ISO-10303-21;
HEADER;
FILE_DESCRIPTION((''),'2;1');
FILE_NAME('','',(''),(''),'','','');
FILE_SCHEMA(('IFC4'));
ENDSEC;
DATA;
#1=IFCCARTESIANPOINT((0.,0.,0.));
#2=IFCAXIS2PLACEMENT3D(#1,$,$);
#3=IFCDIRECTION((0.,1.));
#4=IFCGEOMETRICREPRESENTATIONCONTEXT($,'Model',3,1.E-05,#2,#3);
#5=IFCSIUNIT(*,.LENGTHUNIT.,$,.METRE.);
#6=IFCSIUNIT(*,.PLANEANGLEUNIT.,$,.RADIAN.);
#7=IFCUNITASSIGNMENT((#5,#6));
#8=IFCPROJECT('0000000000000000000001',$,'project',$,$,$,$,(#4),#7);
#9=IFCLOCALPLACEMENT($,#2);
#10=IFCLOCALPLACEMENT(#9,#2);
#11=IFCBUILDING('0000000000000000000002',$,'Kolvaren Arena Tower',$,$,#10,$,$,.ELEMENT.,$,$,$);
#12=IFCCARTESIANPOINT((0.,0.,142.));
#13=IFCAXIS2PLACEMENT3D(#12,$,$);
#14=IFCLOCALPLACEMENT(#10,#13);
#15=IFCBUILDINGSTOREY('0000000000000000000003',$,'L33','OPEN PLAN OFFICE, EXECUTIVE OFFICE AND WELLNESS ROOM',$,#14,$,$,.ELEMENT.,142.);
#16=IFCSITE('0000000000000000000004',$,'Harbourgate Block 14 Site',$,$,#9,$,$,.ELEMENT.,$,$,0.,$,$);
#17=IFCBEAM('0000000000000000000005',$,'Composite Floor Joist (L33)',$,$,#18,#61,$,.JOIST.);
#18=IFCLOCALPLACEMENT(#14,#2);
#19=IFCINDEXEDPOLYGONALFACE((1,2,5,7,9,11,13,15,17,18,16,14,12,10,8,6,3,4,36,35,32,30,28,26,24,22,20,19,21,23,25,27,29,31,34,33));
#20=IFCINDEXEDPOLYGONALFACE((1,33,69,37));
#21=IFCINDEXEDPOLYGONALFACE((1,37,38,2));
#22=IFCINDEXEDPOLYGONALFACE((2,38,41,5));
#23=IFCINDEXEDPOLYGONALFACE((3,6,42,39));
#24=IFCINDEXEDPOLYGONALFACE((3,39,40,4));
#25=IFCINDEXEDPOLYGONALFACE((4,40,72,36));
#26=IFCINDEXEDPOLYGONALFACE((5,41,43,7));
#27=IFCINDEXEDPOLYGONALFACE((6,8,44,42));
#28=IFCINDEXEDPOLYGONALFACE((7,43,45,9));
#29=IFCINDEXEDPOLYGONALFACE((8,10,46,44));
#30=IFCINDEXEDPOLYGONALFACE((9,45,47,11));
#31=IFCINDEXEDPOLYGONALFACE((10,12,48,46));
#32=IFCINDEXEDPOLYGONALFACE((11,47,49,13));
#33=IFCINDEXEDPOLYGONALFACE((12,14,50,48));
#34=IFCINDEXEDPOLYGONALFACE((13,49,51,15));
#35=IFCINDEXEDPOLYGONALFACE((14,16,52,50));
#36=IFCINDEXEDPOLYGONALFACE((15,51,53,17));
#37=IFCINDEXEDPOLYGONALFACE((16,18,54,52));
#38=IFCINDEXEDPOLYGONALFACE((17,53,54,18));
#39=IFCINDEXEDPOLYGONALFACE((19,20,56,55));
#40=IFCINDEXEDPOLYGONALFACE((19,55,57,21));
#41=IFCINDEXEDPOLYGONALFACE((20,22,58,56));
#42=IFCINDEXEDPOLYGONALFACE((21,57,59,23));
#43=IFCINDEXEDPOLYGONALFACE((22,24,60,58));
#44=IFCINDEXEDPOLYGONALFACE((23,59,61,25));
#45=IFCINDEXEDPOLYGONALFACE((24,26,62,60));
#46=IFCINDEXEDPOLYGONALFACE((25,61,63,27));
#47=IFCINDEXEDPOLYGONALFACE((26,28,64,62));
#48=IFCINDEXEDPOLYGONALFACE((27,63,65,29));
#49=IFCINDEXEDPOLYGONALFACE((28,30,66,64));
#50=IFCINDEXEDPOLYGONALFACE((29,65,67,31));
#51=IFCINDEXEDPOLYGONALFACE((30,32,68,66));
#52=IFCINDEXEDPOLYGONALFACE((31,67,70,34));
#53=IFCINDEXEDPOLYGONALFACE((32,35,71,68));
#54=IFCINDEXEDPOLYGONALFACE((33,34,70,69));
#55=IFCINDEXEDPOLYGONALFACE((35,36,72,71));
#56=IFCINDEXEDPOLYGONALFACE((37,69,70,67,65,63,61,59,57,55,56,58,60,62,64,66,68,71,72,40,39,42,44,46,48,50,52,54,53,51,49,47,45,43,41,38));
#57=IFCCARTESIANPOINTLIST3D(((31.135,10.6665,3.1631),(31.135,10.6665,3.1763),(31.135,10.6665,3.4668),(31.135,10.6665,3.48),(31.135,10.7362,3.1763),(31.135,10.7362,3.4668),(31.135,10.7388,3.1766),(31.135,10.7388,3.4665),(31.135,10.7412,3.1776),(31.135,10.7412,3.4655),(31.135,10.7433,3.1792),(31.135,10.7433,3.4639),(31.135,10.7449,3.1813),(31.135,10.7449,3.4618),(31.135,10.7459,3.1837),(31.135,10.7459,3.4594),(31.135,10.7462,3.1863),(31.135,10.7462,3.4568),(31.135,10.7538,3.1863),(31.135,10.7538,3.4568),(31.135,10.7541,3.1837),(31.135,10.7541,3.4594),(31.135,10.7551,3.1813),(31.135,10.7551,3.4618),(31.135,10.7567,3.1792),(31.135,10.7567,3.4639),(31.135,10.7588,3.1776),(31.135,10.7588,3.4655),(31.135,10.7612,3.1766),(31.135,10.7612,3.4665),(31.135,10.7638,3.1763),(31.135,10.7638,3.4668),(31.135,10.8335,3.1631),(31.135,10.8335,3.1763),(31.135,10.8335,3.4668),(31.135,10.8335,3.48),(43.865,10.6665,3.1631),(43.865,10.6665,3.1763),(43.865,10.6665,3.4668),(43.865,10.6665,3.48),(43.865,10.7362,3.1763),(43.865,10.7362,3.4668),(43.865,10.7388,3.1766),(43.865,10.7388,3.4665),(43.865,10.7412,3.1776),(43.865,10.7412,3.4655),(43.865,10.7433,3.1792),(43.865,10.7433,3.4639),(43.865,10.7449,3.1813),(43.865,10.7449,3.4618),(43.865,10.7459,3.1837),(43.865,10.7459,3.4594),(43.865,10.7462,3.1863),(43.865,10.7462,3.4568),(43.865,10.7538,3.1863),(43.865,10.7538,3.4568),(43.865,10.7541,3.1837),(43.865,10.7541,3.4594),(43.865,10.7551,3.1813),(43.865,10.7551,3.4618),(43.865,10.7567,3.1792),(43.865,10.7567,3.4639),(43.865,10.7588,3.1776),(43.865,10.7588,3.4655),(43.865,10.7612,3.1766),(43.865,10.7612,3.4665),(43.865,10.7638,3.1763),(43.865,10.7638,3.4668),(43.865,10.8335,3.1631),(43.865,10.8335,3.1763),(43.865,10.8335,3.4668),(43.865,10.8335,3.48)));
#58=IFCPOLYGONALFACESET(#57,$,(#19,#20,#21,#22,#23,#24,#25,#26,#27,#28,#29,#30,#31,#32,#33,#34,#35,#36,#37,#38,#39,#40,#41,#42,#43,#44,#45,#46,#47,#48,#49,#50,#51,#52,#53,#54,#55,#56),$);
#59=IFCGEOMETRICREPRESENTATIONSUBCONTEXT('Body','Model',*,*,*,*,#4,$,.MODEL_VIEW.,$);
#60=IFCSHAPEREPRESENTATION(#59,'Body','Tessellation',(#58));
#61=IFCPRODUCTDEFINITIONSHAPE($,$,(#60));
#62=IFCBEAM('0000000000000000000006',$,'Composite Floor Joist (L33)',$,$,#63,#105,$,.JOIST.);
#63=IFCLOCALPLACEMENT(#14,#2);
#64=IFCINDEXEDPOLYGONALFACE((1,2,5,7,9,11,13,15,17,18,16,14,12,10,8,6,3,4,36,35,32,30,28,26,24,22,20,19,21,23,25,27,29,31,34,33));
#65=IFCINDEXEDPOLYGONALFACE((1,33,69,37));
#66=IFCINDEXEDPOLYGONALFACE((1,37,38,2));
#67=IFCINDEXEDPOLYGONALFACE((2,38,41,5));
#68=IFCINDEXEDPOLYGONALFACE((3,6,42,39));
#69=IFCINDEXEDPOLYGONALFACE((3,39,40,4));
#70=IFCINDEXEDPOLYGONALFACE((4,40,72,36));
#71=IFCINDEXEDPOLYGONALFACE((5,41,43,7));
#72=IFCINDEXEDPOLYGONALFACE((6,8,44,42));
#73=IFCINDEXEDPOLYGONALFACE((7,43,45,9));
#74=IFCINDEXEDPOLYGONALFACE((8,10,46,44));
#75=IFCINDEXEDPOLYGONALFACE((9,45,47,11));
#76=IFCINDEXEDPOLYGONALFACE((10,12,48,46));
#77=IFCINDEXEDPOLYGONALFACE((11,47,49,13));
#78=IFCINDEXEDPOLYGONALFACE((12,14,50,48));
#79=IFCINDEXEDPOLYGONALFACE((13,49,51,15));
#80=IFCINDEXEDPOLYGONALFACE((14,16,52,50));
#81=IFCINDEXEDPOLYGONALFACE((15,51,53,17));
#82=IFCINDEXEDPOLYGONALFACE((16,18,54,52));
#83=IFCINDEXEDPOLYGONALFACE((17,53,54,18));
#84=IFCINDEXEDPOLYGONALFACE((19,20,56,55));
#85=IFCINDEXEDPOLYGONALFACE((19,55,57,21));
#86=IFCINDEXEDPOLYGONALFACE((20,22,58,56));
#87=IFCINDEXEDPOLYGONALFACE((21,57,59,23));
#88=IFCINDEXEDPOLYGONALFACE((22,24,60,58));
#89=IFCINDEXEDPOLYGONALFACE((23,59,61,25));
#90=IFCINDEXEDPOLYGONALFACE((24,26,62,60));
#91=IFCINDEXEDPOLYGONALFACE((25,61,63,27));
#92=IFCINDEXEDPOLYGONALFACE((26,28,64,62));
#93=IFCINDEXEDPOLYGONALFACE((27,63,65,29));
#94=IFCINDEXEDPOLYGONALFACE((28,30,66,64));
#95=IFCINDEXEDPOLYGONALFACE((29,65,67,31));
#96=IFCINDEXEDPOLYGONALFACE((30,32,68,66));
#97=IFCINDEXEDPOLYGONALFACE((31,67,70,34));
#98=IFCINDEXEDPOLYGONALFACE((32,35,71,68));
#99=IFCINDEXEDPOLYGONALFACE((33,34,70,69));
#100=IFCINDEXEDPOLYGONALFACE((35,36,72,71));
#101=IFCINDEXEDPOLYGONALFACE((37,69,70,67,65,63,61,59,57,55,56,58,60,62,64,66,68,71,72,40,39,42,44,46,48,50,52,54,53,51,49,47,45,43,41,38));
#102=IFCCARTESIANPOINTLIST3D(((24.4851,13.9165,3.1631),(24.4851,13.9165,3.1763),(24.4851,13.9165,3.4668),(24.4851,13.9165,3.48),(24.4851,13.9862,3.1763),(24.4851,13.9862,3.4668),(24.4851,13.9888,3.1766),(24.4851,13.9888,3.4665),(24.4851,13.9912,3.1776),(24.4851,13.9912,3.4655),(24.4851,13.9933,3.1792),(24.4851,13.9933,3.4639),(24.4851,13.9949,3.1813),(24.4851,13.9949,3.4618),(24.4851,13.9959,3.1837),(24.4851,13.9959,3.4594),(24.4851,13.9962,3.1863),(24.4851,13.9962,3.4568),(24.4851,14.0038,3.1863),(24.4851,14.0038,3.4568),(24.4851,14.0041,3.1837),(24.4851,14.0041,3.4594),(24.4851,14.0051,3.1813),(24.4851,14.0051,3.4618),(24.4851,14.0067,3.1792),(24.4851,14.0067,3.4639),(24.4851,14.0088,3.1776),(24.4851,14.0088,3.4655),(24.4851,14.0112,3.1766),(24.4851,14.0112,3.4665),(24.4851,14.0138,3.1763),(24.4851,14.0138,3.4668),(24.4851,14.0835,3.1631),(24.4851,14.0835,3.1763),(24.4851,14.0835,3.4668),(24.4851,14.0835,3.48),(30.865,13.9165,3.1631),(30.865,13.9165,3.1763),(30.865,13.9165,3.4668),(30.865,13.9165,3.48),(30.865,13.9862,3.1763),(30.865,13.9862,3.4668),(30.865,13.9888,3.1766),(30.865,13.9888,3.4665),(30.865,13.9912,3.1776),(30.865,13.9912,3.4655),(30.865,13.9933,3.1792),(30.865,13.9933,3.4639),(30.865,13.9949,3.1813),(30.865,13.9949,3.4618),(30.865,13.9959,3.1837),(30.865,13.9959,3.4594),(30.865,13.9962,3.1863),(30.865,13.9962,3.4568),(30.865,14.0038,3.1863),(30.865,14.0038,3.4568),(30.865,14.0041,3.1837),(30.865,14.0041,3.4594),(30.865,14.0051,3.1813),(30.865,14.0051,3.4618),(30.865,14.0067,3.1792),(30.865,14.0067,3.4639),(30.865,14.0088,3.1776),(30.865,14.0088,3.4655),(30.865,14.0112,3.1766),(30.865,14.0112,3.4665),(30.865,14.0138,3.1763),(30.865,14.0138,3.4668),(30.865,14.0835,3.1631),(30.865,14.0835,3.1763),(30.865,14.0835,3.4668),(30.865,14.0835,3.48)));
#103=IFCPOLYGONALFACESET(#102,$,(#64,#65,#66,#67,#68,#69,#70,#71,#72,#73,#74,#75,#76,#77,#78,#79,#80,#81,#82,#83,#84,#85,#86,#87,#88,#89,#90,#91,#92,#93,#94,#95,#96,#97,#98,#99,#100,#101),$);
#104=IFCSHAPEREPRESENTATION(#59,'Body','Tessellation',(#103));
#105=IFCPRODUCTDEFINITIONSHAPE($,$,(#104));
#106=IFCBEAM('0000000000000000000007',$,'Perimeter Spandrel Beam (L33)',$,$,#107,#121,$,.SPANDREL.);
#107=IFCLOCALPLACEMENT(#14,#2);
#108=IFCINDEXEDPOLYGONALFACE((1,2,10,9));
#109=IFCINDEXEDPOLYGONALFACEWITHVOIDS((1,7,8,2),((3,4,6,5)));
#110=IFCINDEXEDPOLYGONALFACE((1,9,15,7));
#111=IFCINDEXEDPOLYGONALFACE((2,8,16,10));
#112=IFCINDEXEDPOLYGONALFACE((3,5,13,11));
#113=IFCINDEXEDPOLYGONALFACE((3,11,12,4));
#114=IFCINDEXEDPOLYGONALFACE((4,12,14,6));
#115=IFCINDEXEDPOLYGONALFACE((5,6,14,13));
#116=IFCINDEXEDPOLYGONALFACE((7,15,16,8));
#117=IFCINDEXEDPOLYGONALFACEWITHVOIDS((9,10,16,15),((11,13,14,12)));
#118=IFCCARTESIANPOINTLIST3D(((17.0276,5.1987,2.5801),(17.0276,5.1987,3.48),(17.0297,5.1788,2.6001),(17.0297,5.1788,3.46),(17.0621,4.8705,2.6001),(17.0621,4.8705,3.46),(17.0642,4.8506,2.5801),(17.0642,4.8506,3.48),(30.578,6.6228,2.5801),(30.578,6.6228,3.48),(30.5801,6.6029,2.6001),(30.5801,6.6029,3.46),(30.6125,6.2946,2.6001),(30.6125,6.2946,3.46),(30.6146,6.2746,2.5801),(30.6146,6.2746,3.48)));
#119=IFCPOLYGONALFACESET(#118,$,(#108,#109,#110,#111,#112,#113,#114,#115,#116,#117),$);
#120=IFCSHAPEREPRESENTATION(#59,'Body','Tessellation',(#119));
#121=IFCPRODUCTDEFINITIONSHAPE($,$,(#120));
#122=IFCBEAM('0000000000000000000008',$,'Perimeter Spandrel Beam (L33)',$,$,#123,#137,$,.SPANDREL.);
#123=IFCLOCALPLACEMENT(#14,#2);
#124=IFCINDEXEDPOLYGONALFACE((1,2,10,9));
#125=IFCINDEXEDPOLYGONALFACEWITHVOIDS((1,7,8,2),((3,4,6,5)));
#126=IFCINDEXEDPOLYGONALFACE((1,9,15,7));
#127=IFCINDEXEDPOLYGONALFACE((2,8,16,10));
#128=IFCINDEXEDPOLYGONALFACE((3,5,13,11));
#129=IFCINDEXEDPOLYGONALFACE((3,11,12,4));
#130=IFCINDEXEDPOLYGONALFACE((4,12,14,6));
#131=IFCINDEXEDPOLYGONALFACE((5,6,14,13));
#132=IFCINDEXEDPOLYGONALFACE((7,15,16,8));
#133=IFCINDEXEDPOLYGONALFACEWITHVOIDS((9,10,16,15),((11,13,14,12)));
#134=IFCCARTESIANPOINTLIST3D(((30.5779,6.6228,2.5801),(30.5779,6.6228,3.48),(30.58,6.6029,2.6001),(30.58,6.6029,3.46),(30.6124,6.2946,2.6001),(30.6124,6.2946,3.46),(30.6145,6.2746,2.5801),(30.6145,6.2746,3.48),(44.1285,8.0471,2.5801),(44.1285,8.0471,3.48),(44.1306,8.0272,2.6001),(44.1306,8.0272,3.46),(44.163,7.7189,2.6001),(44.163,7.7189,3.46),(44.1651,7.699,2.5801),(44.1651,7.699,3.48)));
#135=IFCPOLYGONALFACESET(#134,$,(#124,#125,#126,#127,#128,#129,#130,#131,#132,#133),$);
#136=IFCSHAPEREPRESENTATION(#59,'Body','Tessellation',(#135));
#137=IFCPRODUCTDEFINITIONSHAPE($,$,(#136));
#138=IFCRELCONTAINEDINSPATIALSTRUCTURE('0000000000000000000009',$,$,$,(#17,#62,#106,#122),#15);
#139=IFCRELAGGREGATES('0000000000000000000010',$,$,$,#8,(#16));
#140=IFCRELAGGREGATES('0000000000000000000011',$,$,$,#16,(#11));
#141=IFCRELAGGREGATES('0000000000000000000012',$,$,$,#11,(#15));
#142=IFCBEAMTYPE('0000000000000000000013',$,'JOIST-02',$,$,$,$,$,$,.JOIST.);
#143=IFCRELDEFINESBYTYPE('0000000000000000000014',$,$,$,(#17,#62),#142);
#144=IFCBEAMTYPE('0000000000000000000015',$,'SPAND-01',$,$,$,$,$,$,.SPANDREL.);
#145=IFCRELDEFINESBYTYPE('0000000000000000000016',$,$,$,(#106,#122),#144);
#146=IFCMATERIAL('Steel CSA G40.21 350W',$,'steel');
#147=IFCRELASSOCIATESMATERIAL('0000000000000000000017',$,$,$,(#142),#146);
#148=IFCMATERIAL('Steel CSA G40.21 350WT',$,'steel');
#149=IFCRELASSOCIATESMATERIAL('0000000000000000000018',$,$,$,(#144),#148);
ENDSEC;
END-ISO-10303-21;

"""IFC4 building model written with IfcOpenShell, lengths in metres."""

from ifc_helpers import new_model, si_unit, direction, frame, origin, origin_2d, place, context, subcontext, project, spatial, hollow_rectangle, i_section, extrude, material, material_profile, profile_set, type_object, element, save


model = new_model("IFC4")

# Units and contexts
model_context = context("Model", 3, precision=1e-05, world=origin(), true_north=direction((0.0, 1.0)))
body_context = subcontext(model_context, "Body", "Model", "MODEL_VIEW")
ifc_project = project(units=[si_unit("LENGTHUNIT", "METRE"), si_unit("PLANEANGLEUNIT", "RADIAN")], contexts=[model_context])

# Site, building, storey
site_placement = place(None, origin())
site = spatial("IfcSite", under=ifc_project, at=site_placement, Name="Harbourgate Block 14 Site", CompositionType="ELEMENT", RefElevation=0.0)
building_placement = place(site_placement, origin())
building = spatial("IfcBuilding", under=site, at=building_placement, Name="Kolvaren Arena Tower", CompositionType="ELEMENT")
storey_placement = place(building_placement, frame((0.0, 0.0, 142.0)))
storey = spatial("IfcBuildingStorey", under=building, at=storey_placement, Name="L33", Description="OPEN PLAN OFFICE, EXECUTIVE OFFICE AND WELLNESS ROOM", CompositionType="ELEMENT", Elevation=142.0)

# Beams
ifc_material_1 = material(Name="Steel CSA G40.21 350W", Category="steel")
ifc_material_profile_1 = material_profile(ifc_material_1, i_section(OverallWidth=0.167, OverallDepth=0.3169, WebThickness=0.0076, FlangeThickness=0.0132, FilletRadius=0.01, at=origin_2d()), Name="W310x52")
ifc_profile_set_1 = profile_set([ifc_material_profile_1], Name="Steel CSA G40.21 350W")
beam_type_1 = type_object("IfcBeamType", Name="JOIST-02", PredefinedType="JOIST", material=ifc_profile_set_1)
beam_1_placement = place(storey_placement, frame((31.135, 10.75, 3.3215), z_axis=(1.0, 0.0, 0.0), x_axis=(0.0, 1.0, 0.0)))
element("IfcBeam", 1, at=beam_1_placement, inside=storey, type_object=beam_type_1, Name="Composite Floor Joist (L33)", PredefinedType="JOIST", context=body_context, shape_type="SweptSolid", body=[
    extrude(i_section(OverallWidth=0.167, OverallDepth=0.3169, WebThickness=0.0076, FlangeThickness=0.0132, FilletRadius=0.01, at=origin_2d()), origin(), (0.0, 0.0, 1.0), 12.73),
])
beam_2_placement = place(storey_placement, frame((24.4851, 14.0, 3.3215), z_axis=(1.0, 0.0, 0.0), x_axis=(0.0, 1.0, 0.0)))
element("IfcBeam", 2, at=beam_2_placement, inside=storey, type_object=beam_type_1, Name="Composite Floor Joist (L33)", PredefinedType="JOIST", context=body_context, shape_type="SweptSolid", body=[
    extrude(i_section(OverallWidth=0.167, OverallDepth=0.3169, WebThickness=0.0076, FlangeThickness=0.0132, FilletRadius=0.01, at=origin_2d()), origin(), (0.0, 0.0, 1.0), 6.3799),
])
ifc_material_2 = material(Name="Steel CSA G40.21 350WT", Category="steel")
ifc_material_profile_2 = material_profile(ifc_material_2, hollow_rectangle(XDim=0.3501, YDim=0.8999, WallThickness=0.02, at=origin_2d()), Name="HSS 900x350x20")
ifc_profile_set_2 = profile_set([ifc_material_profile_2], Name="Steel CSA G40.21 350WT")
beam_type_2 = type_object("IfcBeamType", Name="SPAND-01", PredefinedType="SPANDREL", material=ifc_profile_set_2)
beam_3_placement = place(storey_placement, frame((17.0459, 5.0247, 3.03), z_axis=(0.994523, 0.10452, 0.0), x_axis=(-0.10452, 0.994523, 0.0)))
element("IfcBeam", 3, at=beam_3_placement, inside=storey, type_object=beam_type_2, Name="Perimeter Spandrel Beam (L33)", PredefinedType="SPANDREL", context=body_context, shape_type="SweptSolid", body=[
    extrude(hollow_rectangle(XDim=0.3501, YDim=0.8999, WallThickness=0.02, at=origin_2d()), origin(), (0.0, 0.0, 1.0), 13.625),
])
beam_4_placement = place(storey_placement, frame((30.5962, 6.4487, 3.03), z_axis=(0.994521, 0.104536, 0.0), x_axis=(-0.104536, 0.994521, 0.0)))
element("IfcBeam", 4, at=beam_4_placement, inside=storey, type_object=beam_type_2, Name="Perimeter Spandrel Beam (L33)", PredefinedType="SPANDREL", context=body_context, shape_type="SweptSolid", body=[
    extrude(hollow_rectangle(XDim=0.3501, YDim=0.8999, WallThickness=0.02, at=origin_2d()), origin(), (0.0, 0.0, 1.0), 13.6252),
])

save(model, "model.ifc")
